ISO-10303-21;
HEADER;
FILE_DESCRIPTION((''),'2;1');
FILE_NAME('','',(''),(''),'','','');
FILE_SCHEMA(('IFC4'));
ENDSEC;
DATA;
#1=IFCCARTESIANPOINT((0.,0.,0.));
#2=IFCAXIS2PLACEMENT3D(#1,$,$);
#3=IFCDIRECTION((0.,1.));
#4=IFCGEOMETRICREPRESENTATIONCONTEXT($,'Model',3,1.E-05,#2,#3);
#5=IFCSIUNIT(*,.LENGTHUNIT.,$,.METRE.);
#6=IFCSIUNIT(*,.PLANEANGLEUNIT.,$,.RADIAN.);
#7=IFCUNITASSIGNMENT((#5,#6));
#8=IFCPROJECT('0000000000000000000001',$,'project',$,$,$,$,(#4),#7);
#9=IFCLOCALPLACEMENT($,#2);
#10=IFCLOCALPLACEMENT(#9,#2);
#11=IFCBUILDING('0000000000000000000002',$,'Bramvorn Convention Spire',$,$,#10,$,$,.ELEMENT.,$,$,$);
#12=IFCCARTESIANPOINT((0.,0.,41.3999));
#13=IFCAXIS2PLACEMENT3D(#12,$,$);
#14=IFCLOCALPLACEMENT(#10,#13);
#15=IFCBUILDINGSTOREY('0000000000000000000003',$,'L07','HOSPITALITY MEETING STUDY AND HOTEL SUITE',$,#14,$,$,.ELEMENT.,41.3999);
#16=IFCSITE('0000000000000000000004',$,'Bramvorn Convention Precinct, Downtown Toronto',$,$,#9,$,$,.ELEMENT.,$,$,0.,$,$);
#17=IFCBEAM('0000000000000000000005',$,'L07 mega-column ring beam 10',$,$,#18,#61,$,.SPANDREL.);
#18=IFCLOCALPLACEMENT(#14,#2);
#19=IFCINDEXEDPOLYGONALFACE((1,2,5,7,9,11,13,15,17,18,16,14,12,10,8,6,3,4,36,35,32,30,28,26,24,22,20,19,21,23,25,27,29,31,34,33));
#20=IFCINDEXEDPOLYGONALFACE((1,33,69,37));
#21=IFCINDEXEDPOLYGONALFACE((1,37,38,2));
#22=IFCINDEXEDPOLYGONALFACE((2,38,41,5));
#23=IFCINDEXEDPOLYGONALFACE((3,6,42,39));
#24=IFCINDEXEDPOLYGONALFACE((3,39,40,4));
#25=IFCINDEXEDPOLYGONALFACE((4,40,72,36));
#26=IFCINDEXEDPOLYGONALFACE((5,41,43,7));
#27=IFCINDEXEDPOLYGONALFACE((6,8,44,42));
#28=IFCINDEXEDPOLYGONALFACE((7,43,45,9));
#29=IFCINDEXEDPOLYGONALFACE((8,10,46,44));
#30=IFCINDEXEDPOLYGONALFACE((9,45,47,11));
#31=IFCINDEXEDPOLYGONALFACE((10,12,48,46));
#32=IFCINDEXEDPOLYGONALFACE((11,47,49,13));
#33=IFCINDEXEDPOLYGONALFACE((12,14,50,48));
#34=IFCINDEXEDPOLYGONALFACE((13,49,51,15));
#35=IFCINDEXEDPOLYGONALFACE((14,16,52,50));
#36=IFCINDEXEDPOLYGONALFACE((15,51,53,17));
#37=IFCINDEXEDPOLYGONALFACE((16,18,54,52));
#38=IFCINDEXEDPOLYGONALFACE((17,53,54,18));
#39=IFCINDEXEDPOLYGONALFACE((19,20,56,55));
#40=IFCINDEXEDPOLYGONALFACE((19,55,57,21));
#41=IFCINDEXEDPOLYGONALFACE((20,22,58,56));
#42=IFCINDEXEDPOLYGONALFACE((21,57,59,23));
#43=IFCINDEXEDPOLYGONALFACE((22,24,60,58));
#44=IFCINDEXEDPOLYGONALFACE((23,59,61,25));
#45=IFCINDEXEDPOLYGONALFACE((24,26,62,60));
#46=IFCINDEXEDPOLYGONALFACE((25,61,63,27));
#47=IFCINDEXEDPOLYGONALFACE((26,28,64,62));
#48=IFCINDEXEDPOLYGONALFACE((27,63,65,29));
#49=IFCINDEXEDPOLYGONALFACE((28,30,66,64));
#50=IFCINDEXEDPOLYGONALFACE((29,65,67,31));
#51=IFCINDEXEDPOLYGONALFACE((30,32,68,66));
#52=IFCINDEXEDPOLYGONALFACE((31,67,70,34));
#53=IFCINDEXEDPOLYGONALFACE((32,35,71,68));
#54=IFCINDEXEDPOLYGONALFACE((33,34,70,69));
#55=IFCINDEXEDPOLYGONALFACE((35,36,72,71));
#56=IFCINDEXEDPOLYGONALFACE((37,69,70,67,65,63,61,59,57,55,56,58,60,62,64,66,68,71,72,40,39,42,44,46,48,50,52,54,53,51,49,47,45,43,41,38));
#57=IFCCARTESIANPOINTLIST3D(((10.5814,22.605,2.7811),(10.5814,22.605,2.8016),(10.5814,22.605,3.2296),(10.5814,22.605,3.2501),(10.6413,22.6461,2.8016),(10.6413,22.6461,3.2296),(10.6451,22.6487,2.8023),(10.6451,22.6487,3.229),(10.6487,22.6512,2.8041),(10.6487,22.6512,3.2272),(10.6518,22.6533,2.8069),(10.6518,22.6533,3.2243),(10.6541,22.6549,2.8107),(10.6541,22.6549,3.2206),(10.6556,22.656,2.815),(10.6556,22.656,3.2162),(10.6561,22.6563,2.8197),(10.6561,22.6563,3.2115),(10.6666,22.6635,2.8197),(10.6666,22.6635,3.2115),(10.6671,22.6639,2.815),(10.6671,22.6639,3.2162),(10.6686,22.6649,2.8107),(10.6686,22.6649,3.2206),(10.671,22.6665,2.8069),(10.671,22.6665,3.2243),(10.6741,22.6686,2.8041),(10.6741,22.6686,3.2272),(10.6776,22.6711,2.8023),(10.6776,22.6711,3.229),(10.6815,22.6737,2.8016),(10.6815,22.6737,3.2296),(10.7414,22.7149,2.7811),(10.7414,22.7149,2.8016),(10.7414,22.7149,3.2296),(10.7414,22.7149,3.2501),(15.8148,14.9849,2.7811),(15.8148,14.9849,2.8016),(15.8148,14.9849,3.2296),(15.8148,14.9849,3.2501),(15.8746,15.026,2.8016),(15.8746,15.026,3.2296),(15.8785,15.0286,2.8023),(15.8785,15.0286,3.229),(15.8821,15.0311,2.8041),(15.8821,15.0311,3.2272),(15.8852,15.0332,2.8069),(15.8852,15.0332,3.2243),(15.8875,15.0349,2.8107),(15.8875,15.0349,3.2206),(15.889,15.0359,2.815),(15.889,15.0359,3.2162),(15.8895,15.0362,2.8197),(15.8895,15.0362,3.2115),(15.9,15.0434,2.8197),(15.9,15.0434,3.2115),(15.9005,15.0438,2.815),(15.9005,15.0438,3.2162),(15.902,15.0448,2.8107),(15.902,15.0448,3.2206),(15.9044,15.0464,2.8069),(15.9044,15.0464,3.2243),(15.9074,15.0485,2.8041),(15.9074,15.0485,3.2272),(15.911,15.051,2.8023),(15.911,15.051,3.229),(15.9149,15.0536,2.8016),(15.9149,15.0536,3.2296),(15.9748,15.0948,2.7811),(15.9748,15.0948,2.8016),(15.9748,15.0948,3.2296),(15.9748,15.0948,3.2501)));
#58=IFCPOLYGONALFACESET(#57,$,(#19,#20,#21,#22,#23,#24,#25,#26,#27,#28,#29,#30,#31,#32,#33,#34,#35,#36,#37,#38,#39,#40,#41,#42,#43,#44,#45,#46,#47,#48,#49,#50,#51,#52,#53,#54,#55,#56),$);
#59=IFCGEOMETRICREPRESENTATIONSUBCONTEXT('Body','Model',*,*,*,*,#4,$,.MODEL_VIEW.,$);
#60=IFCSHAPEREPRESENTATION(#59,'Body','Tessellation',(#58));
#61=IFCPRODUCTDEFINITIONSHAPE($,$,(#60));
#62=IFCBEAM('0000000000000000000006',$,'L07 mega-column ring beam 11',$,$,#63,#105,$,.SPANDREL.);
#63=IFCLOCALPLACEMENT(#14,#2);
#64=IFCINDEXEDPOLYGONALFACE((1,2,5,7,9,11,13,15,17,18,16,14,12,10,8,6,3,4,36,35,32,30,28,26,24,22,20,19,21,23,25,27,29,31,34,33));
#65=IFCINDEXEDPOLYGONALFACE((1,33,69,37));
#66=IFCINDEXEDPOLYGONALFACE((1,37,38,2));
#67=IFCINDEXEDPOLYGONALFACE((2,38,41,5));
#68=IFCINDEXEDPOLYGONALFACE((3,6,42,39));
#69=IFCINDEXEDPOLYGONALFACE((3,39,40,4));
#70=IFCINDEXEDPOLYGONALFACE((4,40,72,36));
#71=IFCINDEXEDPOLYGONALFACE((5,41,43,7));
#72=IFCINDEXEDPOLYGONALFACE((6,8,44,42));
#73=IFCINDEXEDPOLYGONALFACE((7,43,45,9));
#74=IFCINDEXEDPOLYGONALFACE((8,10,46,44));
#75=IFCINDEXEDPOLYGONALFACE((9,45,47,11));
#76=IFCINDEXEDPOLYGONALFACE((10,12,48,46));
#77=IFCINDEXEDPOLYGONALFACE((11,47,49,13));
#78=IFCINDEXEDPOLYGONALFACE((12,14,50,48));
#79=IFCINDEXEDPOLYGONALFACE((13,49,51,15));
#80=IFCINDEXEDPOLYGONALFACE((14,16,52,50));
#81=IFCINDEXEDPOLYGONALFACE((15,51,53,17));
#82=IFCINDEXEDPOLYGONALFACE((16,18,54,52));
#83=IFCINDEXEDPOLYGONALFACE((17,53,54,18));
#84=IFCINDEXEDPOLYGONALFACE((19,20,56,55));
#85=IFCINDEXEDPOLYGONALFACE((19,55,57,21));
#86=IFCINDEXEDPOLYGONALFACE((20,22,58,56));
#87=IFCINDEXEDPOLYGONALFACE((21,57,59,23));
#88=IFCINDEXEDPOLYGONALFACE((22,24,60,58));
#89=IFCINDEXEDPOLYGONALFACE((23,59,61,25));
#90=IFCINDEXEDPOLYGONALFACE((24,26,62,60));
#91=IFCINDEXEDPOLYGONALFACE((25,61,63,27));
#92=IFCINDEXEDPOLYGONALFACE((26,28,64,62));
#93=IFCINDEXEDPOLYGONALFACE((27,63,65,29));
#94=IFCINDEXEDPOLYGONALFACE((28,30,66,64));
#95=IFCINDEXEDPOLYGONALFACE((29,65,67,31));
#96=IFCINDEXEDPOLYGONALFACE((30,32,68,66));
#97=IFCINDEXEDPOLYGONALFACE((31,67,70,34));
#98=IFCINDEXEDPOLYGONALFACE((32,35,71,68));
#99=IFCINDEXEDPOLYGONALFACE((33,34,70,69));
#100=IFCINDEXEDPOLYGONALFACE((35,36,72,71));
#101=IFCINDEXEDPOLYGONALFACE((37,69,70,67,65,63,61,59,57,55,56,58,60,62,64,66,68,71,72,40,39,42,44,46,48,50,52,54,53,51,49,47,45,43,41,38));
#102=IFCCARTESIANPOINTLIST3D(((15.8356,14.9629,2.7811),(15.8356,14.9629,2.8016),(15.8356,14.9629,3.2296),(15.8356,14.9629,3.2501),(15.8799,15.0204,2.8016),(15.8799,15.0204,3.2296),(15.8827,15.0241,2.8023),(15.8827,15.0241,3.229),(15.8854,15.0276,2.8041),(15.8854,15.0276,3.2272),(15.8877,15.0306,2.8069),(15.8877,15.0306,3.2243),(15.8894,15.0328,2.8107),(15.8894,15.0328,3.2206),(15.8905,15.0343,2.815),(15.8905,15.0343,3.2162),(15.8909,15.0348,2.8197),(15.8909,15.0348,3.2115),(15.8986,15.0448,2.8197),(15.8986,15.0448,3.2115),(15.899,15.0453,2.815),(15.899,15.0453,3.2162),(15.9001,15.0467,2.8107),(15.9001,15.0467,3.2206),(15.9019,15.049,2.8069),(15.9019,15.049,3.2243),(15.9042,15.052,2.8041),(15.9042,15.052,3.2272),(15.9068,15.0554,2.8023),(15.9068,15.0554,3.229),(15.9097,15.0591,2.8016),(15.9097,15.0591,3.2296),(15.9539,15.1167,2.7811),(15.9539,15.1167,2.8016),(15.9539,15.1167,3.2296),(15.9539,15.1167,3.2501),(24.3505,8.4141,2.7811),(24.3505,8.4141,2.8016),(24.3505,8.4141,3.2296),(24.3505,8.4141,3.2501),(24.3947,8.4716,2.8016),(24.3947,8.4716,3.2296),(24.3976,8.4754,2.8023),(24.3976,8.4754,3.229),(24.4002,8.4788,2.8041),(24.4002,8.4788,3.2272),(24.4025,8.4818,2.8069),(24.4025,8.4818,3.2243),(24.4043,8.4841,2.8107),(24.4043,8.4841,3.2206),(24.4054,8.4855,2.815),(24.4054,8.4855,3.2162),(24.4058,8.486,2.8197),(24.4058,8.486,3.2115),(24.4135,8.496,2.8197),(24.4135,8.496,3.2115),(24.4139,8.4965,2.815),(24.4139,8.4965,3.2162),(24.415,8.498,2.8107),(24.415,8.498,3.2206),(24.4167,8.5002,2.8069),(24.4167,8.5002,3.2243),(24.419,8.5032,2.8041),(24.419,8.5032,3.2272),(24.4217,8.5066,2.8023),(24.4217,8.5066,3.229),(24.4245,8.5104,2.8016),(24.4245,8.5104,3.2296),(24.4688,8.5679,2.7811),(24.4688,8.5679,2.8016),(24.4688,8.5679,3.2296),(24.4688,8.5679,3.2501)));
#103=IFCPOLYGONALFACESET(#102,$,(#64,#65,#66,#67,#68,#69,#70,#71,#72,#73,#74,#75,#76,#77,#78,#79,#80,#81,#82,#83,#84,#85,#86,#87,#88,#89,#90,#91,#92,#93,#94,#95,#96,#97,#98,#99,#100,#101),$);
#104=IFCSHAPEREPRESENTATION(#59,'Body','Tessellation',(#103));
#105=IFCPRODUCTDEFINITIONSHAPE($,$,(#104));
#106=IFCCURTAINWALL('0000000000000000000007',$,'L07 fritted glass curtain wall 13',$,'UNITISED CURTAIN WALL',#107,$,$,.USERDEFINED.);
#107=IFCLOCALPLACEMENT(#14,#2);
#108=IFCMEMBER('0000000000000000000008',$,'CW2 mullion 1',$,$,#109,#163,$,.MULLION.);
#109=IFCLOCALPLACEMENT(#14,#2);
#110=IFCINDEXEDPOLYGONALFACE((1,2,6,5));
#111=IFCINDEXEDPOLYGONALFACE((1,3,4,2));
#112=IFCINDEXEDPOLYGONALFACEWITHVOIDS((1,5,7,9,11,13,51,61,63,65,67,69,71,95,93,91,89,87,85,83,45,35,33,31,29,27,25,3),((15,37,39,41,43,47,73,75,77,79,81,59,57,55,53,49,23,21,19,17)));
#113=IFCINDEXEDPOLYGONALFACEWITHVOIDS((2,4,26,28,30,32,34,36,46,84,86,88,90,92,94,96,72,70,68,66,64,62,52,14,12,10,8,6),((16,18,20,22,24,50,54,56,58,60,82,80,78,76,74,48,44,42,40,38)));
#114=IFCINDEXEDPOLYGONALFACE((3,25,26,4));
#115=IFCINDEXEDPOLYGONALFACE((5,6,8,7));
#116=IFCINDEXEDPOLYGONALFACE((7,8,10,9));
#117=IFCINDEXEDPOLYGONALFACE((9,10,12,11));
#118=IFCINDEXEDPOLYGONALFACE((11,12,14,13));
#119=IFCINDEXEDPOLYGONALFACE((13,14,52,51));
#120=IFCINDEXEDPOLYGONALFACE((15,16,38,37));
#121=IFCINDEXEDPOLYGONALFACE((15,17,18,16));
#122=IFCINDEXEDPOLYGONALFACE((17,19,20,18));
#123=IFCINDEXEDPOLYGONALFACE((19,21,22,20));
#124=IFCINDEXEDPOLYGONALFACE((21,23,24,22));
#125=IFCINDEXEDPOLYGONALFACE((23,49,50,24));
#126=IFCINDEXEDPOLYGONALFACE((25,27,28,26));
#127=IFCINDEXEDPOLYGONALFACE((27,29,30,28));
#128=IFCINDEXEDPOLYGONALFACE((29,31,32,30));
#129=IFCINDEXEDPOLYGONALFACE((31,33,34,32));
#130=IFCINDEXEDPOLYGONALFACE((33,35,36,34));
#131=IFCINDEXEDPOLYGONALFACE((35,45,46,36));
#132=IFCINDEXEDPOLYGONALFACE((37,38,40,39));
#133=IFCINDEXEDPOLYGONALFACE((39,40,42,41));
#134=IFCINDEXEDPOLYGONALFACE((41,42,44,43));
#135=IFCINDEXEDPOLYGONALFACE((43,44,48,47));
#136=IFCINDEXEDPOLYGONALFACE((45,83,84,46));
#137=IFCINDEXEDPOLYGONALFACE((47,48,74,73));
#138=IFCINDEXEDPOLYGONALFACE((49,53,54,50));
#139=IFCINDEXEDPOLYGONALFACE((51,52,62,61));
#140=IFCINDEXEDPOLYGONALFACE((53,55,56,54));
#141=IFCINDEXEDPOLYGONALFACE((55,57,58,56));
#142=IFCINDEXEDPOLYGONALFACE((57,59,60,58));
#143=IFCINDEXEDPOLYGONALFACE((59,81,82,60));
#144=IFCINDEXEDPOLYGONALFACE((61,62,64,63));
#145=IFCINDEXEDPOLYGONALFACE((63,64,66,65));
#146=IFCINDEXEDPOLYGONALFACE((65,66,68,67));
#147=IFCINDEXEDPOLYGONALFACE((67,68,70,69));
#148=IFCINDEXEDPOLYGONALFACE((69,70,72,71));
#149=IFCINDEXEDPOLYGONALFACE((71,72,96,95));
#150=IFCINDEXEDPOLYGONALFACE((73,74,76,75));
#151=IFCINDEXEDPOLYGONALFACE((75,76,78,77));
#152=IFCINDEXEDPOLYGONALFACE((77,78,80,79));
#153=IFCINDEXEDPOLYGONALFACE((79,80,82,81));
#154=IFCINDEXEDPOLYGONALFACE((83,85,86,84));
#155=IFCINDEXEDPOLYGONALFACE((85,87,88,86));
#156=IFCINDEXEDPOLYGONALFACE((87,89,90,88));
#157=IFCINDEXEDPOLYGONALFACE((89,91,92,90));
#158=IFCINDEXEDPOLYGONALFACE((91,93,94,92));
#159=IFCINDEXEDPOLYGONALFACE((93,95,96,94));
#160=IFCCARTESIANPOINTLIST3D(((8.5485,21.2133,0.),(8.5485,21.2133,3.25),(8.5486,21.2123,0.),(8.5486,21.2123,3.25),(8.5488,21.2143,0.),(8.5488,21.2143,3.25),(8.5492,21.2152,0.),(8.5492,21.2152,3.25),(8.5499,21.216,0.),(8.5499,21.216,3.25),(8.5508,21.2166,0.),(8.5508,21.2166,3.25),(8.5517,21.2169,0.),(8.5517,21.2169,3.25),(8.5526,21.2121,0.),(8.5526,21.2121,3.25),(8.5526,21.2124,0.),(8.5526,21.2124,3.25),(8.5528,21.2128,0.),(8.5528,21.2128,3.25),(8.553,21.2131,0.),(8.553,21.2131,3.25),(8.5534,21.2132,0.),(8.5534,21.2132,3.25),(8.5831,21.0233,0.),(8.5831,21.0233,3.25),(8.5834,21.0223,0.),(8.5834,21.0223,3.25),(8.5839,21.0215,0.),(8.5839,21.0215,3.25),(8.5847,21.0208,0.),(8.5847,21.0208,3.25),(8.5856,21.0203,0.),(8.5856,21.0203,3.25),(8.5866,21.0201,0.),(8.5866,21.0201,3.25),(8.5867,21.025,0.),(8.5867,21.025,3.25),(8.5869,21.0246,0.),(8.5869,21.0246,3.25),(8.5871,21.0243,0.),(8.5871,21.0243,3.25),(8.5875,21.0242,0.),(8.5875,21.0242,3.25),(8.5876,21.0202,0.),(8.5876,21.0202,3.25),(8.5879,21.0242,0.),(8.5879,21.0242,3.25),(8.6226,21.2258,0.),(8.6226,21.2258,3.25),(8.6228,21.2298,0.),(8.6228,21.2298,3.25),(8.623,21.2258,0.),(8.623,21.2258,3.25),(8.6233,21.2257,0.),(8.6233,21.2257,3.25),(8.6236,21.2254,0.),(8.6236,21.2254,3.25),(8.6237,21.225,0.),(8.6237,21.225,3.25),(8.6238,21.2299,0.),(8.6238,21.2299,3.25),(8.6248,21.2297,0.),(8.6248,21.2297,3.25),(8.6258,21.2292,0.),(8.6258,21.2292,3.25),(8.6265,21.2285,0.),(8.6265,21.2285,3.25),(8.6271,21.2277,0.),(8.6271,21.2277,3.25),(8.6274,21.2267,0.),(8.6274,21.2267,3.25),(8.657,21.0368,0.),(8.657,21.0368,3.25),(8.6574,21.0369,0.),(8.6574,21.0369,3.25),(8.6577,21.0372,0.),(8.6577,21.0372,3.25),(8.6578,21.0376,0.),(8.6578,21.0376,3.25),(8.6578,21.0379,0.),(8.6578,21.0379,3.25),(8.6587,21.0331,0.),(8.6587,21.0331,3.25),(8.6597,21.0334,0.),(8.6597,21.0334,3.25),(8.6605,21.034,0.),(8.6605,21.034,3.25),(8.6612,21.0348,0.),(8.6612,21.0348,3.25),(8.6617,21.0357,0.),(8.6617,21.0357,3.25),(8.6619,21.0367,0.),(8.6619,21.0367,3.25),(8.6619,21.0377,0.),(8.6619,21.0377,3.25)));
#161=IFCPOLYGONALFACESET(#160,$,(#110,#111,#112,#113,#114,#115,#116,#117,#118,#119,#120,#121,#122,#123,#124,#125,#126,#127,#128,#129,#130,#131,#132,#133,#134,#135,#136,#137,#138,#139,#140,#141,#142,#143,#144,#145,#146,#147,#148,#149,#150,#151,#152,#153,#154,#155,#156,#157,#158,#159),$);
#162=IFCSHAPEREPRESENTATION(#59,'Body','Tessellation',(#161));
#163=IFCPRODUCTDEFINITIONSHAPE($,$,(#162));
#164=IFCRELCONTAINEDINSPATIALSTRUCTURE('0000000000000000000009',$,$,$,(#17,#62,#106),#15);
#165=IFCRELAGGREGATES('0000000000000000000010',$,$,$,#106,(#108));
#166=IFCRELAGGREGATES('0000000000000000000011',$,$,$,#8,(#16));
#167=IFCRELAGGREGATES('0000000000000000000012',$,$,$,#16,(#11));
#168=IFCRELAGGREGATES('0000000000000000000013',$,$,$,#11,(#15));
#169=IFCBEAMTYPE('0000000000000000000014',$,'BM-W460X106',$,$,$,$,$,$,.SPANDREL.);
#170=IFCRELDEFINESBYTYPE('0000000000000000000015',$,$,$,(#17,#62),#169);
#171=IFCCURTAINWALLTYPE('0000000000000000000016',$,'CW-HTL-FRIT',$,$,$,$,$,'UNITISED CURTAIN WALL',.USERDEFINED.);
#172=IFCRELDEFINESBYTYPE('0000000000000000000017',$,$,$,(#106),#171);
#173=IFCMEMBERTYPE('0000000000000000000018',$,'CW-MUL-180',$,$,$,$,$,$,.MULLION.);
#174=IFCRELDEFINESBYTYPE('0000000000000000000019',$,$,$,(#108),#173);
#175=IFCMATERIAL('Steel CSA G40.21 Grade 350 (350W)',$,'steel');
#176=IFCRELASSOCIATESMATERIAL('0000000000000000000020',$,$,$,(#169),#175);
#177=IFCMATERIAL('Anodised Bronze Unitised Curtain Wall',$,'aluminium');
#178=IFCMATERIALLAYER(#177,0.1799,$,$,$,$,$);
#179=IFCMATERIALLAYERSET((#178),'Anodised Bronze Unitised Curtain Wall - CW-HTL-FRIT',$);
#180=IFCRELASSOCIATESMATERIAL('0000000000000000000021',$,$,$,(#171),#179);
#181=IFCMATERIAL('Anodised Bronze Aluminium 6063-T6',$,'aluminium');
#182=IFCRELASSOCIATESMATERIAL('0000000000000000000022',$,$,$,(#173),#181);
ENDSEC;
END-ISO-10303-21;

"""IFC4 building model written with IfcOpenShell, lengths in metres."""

from ifc_helpers import new_model, si_unit, direction, frame, origin, origin_2d, place, context, subcontext, project, spatial, hollow_rectangle, i_section, extrude, material, layer, layer_set, material_profile, profile_set, type_object, element, aggregate, save


model = new_model("IFC4")

# Units and contexts
model_context = context("Model", 3, precision=1e-05, world=origin(), true_north=direction((0.0, 1.0)))
body_context = subcontext(model_context, "Body", "Model", "MODEL_VIEW")
ifc_project = project(units=[si_unit("LENGTHUNIT", "METRE"), si_unit("PLANEANGLEUNIT", "RADIAN")], contexts=[model_context])

# Site, building, storey
site_placement = place(None, origin())
site = spatial("IfcSite", under=ifc_project, at=site_placement, Name="Bramvorn Convention Precinct, Downtown Toronto", CompositionType="ELEMENT", RefElevation=0.0)
building_placement = place(site_placement, origin())
building = spatial("IfcBuilding", under=site, at=building_placement, Name="Bramvorn Convention Spire", CompositionType="ELEMENT")
storey_placement = place(building_placement, frame((0.0, 0.0, 41.3999)))
storey = spatial("IfcBuildingStorey", under=building, at=storey_placement, Name="L07", Description="HOSPITALITY MEETING STUDY AND HOTEL SUITE", CompositionType="ELEMENT", Elevation=41.3999)

# Shared definitions
ifc_material_1 = material(Name="Steel CSA G40.21 Grade 350 (350W)", Category="steel")

# Beams
ifc_material_profile_1 = material_profile(ifc_material_1, i_section(OverallWidth=0.1941, OverallDepth=0.469, WebThickness=0.0127, FlangeThickness=0.0205, FilletRadius=0.0181, at=origin_2d()))
ifc_profile_set_1 = profile_set([ifc_material_profile_1], Name="Steel CSA G40.21 Grade 350 (350W) - W460X106")
beam_type_1 = type_object("IfcBeamType", Name="BM-W460X106", PredefinedType="SPANDREL", material=ifc_profile_set_1)
beam_1_placement = place(storey_placement, frame((10.6614, 22.6599, 3.0156), z_axis=(0.56613, -0.824316, 0.0), x_axis=(0.824316, 0.56613, 0.0)))
element("IfcBeam", 1, at=beam_1_placement, inside=storey, type_object=beam_type_1, Name="L07 mega-column ring beam 10", PredefinedType="SPANDREL", context=body_context, shape_type="SweptSolid", body=[
    extrude(i_section(OverallWidth=0.1941, OverallDepth=0.469, WebThickness=0.0127, FlangeThickness=0.0205, FilletRadius=0.0181, at=origin_2d()), origin(), (0.0, 0.0, 1.0), 9.2441),
])
beam_2_placement = place(storey_placement, frame((15.8948, 15.0398, 3.0156), z_axis=(0.792673, -0.609647, 0.0), x_axis=(0.609647, 0.792673, 0.0)))
element("IfcBeam", 2, at=beam_2_placement, inside=storey, type_object=beam_type_1, Name="L07 mega-column ring beam 11", PredefinedType="SPANDREL", context=body_context, shape_type="SweptSolid", body=[
    extrude(i_section(OverallWidth=0.1941, OverallDepth=0.469, WebThickness=0.0127, FlangeThickness=0.0205, FilletRadius=0.0181, at=origin_2d()), origin(), (0.0, 0.0, 1.0), 10.7419),
])

# Curtain wall, member
ifc_material_2 = material(Name="Anodised Bronze Unitised Curtain Wall", Category="aluminium")
ifc_layer_1 = layer(ifc_material_2, 0.1799)
ifc_layer_set_1 = layer_set([ifc_layer_1], Name="Anodised Bronze Unitised Curtain Wall - CW-HTL-FRIT")
curtain_wall_type = type_object("IfcCurtainWallType", Name="CW-HTL-FRIT", ElementType="UNITISED CURTAIN WALL", PredefinedType="USERDEFINED", material=ifc_layer_set_1)
curtain_wall_1_placement = place(storey_placement, origin())
curtain_wall_1 = element("IfcCurtainWall", 3, at=curtain_wall_1_placement, inside=storey, type_object=curtain_wall_type, Name="L07 fritted glass curtain wall 13", ObjectType="UNITISED CURTAIN WALL", PredefinedType="USERDEFINED")
ifc_material_3 = material(Name="Anodised Bronze Aluminium 6063-T6", Category="aluminium")
ifc_material_profile_2 = material_profile(ifc_material_3, hollow_rectangle(XDim=0.0801, YDim=0.2, WallThickness=0.0039, InnerFilletRadius=0.001, OuterFilletRadius=0.0039, at=origin_2d()))
ifc_profile_set_2 = profile_set([ifc_material_profile_2], Name="Anodised Bronze Aluminium 6063-T6 - CWM80X200")
member_type_1 = type_object("IfcMemberType", Name="CW-MUL-180", PredefinedType="MULLION", material=ifc_profile_set_2)
member_1_placement = place(storey_placement, frame((8.6052, 21.125, 0.0), z_axis=(0.0, 0.0, 1.0), x_axis=(-0.983768, -0.179447, 0.0)))
member_1 = element("IfcMember", 4, at=member_1_placement, type_object=member_type_1, Name="CW2 mullion 1", PredefinedType="MULLION", context=body_context, shape_type="SweptSolid", body=[
    extrude(hollow_rectangle(XDim=0.0801, YDim=0.2, WallThickness=0.0039, InnerFilletRadius=0.001, OuterFilletRadius=0.0039, at=origin_2d()), origin(), (0.0, 0.0, 1.0), 3.25),
])

aggregate(curtain_wall_1, [member_1])

save(model, "model.ifc")
